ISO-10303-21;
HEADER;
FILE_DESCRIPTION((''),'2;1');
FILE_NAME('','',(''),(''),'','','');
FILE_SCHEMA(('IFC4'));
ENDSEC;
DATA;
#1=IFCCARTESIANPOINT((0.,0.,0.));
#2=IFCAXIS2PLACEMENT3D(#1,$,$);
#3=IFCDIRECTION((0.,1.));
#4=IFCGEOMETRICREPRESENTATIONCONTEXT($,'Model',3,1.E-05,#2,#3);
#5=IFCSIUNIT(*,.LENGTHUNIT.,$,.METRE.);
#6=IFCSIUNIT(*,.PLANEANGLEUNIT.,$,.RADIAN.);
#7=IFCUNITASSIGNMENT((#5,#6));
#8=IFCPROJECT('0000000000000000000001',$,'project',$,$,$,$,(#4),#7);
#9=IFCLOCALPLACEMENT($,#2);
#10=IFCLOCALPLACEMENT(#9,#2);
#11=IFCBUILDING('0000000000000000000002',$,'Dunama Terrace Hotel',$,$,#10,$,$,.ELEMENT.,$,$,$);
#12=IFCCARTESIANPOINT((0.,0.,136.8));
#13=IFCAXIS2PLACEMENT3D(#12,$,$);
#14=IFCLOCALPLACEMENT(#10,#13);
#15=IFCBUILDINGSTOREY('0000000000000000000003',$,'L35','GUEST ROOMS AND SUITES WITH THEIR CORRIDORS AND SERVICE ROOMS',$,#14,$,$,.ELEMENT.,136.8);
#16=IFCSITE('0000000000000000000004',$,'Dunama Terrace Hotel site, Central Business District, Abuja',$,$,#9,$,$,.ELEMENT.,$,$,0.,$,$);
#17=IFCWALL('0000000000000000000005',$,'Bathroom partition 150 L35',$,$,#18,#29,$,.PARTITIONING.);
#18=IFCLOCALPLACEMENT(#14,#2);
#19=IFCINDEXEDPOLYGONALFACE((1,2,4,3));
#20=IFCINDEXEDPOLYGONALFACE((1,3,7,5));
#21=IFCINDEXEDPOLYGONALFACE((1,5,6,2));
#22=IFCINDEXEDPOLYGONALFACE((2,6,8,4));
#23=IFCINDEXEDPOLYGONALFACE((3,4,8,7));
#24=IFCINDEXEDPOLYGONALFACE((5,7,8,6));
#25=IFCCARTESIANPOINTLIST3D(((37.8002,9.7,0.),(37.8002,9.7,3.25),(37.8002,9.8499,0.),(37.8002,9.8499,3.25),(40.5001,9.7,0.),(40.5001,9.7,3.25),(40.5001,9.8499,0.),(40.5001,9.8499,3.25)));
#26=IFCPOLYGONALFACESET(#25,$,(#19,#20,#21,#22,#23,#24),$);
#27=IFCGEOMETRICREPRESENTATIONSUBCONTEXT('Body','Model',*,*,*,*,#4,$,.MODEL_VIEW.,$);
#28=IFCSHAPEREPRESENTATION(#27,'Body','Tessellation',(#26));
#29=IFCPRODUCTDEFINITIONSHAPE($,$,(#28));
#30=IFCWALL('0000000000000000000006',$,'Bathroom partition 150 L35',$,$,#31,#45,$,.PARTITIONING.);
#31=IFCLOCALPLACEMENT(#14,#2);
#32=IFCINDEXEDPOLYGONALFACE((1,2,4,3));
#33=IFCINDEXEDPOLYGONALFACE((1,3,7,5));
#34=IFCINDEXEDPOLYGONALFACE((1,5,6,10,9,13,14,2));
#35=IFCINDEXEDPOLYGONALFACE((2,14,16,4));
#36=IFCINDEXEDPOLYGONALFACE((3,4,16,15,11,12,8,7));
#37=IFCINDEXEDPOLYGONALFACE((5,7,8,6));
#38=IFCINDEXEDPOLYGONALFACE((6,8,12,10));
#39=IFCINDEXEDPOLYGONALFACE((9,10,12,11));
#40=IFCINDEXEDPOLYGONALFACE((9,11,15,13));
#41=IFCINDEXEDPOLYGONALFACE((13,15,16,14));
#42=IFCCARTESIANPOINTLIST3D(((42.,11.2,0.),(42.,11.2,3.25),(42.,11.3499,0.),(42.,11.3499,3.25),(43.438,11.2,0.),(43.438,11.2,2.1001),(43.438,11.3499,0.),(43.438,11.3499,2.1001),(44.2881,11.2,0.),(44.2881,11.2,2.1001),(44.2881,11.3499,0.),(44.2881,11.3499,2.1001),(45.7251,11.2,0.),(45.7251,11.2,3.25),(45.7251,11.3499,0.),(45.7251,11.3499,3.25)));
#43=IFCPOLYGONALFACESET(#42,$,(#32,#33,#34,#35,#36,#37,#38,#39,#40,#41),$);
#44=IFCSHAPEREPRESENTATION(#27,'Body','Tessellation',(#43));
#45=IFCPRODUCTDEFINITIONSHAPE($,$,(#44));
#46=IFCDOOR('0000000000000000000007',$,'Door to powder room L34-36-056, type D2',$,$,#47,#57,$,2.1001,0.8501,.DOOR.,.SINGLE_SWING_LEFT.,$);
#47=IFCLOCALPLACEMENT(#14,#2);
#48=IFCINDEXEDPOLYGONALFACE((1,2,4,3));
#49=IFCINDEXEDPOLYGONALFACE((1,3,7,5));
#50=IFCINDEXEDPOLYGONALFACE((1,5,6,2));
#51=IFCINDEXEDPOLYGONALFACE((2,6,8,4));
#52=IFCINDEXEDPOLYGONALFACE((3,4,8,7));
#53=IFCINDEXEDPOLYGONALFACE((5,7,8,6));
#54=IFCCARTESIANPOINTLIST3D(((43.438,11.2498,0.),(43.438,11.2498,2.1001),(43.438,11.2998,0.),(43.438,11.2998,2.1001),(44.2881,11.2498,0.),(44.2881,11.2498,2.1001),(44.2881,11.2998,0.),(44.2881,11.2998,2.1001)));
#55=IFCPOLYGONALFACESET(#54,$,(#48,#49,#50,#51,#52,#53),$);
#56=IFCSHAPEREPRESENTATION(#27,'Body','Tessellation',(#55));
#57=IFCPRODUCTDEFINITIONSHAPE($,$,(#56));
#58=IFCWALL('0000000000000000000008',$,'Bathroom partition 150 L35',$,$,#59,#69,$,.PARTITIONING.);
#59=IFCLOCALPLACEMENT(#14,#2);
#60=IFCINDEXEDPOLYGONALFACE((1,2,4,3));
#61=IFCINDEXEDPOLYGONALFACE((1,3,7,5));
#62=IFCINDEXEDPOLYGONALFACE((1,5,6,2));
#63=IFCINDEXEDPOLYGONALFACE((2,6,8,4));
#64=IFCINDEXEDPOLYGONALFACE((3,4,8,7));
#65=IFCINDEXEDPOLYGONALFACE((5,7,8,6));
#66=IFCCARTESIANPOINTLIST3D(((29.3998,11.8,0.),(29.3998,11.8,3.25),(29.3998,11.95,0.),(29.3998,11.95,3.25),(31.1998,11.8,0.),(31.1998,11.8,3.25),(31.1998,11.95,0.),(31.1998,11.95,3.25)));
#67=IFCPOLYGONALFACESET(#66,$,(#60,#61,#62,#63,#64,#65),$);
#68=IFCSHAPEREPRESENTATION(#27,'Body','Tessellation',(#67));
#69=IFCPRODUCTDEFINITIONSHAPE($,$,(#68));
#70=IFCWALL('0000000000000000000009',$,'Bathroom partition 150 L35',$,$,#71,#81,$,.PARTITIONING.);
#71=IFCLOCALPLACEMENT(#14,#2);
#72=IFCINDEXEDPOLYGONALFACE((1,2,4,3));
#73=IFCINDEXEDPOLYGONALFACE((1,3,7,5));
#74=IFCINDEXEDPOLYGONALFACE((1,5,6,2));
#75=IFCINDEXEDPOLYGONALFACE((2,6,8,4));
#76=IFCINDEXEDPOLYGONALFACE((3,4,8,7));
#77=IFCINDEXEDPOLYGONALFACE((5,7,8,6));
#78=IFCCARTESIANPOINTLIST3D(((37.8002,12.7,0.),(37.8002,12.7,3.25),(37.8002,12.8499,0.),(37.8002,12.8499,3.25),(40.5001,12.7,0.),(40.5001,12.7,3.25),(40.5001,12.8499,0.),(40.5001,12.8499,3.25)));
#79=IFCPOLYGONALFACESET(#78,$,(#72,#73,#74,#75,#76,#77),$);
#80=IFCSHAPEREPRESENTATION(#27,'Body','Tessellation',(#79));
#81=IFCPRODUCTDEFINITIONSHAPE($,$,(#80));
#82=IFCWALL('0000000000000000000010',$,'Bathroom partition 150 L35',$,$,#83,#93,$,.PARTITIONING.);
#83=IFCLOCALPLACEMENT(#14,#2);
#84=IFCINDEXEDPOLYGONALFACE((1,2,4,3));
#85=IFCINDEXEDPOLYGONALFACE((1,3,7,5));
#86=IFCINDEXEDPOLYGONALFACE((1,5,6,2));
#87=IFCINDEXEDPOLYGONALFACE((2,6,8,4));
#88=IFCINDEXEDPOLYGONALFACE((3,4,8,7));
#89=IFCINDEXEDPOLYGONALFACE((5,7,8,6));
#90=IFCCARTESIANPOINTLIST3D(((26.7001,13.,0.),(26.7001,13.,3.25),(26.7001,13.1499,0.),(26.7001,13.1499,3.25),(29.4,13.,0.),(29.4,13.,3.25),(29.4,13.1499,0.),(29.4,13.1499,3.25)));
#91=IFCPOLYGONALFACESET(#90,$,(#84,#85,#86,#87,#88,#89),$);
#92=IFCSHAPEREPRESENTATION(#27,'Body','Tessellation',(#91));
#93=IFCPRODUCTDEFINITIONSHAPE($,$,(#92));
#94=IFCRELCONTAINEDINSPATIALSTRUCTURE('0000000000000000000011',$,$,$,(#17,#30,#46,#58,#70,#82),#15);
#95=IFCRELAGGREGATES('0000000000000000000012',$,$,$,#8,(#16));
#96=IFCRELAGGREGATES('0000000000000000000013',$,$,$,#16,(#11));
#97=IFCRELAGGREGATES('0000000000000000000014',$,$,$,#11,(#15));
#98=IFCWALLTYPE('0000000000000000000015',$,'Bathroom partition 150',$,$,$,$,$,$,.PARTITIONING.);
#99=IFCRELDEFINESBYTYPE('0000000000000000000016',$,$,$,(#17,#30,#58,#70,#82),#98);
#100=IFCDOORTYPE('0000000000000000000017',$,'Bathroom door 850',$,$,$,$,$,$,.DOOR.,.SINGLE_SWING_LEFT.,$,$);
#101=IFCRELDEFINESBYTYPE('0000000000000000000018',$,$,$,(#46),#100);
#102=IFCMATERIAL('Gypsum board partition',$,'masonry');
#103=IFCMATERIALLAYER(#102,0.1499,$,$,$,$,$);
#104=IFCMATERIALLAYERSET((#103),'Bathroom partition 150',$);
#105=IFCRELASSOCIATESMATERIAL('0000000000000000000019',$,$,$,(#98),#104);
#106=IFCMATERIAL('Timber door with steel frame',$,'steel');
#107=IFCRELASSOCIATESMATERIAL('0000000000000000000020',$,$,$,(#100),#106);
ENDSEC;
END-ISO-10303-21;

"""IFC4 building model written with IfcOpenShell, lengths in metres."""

from ifc_helpers import new_model, si_unit, direction, frame, frame_2d, origin, place, context, subcontext, project, spatial, rectangle, extrude, material, layer, layer_set, type_object, element, fill, save


model = new_model("IFC4")

# Units and contexts
model_context = context("Model", 3, precision=1e-05, world=origin(), true_north=direction((0.0, 1.0)))
body_context = subcontext(model_context, "Body", "Model", "MODEL_VIEW")
ifc_project = project(units=[si_unit("LENGTHUNIT", "METRE"), si_unit("PLANEANGLEUNIT", "RADIAN")], contexts=[model_context])

# Site, building, storey
site_placement = place(None, origin())
site = spatial("IfcSite", under=ifc_project, at=site_placement, Name="Dunama Terrace Hotel site, Central Business District, Abuja", CompositionType="ELEMENT", RefElevation=0.0)
building_placement = place(site_placement, origin())
building = spatial("IfcBuilding", under=site, at=building_placement, Name="Dunama Terrace Hotel", CompositionType="ELEMENT")
storey_placement = place(building_placement, frame((0.0, 0.0, 136.8)))
storey = spatial("IfcBuildingStorey", under=building, at=storey_placement, Name="L35", Description="GUEST ROOMS AND SUITES WITH THEIR CORRIDORS AND SERVICE ROOMS", CompositionType="ELEMENT", Elevation=136.8)

# Shared definitions
ifc_material_1 = material(Name="Gypsum board partition", Category="masonry")
ifc_layer = layer(ifc_material_1, 0.1499)
ifc_layer_set = layer_set([ifc_layer], Name="Bathroom partition 150")
wall_type = type_object("IfcWallType", Name="Bathroom partition 150", PredefinedType="PARTITIONING", material=ifc_layer_set)
ifc_material_2 = material(Name="Timber door with steel frame", Category="steel")
door_type_1 = type_object("IfcDoorType", Name="Bathroom door 850", OperationType="SINGLE_SWING_LEFT", PredefinedType="DOOR", material=ifc_material_2)

# Wall
for number, where, z_axis, x_axis, name in (
    (1, (37.8, 9.7749, 0.0), (0.0, 0.0, 1.0), (1.0, 0.0, 0.0), "Bathroom partition 150 L35"),
):
    element("IfcWall", number, at=place(storey_placement, frame(where, z_axis=z_axis, x_axis=x_axis)), inside=storey, type_object=wall_type, Name=name, PredefinedType="PARTITIONING", context=body_context, shape_type="SweptSolid", body=[
        extrude(rectangle(XDim=2.7, YDim=0.1499, at=frame_2d((1.3501, 0.0))), origin(), (0.0, 0.0, 1.0), 3.25),
    ])

# Wall, opening, door
wall_1_placement = place(storey_placement, frame((42.0, 11.2749, 0.0), z_axis=(0.0, 0.0, 1.0), x_axis=(1.0, 0.0, 0.0)))
wall_1 = element("IfcWall", 2, at=wall_1_placement, inside=storey, type_object=wall_type, Name="Bathroom partition 150 L35", PredefinedType="PARTITIONING", context=body_context, shape_type="SweptSolid", body=[
    extrude(rectangle(XDim=3.7251, YDim=0.1499, at=frame_2d((1.8625, 0.0))), origin(), (0.0, 0.0, 1.0), 3.25),
])
opening_1_placement = place(wall_1_placement, frame((1.438, 0.0, 0.0)))
opening_1 = element("IfcOpeningElement", 3, at=opening_1_placement, cuts=wall_1, PredefinedType="OPENING", context=body_context, shape_type="SweptSolid", body=[
    extrude(rectangle(XDim=0.8501, YDim=2.1001, at=frame_2d((0.425, 1.05))), frame((0.0, 0.085, 0.0), z_axis=(0.0, -1.0, 0.0), x_axis=(1.0, 0.0, 0.0)), (0.0, 0.0, 1.0), 0.1699),
])
door_1_placement = place(opening_1_placement, origin())
door_1 = element("IfcDoor", 4, at=door_1_placement, inside=storey, type_object=door_type_1, Name="Door to powder room L34-36-056, type D2", OperationType="SINGLE_SWING_LEFT", OverallHeight=2.1001, OverallWidth=0.8501, PredefinedType="DOOR", context=body_context, shape_type="SweptSolid", body=[
    extrude(rectangle(XDim=0.8501, YDim=2.1001, at=frame_2d((0.425, 1.05))), frame((0.0, 0.0249, 0.0), z_axis=(0.0, -1.0, 0.0), x_axis=(1.0, 0.0, 0.0)), (0.0, 0.0, 1.0), 0.05),
])
fill(opening_1, door_1)

# Walls
wall_2_placement = place(storey_placement, frame((29.3999, 11.875, 0.0), z_axis=(0.0, 0.0, 1.0), x_axis=(1.0, 0.0, 0.0)))
element("IfcWall", 5, at=wall_2_placement, inside=storey, type_object=wall_type, Name="Bathroom partition 150 L35", PredefinedType="PARTITIONING", context=body_context, shape_type="SweptSolid", body=[
    extrude(rectangle(XDim=1.8, YDim=0.1499, at=frame_2d((0.8999, 0.0))), origin(), (0.0, 0.0, 1.0), 3.25),
])
for number, where, z_axis, x_axis, name in (
    (6, (37.8, 12.7749, 0.0), (0.0, 0.0, 1.0), (1.0, 0.0, 0.0), "Bathroom partition 150 L35"),
    (7, (26.7, 13.075, 0.0), (0.0, 0.0, 1.0), (1.0, 0.0, 0.0), "Bathroom partition 150 L35"),
):
    element("IfcWall", number, at=place(storey_placement, frame(where, z_axis=z_axis, x_axis=x_axis)), inside=storey, type_object=wall_type, Name=name, PredefinedType="PARTITIONING", context=body_context, shape_type="SweptSolid", body=[
        extrude(rectangle(XDim=2.7, YDim=0.1499, at=frame_2d((1.3501, 0.0))), origin(), (0.0, 0.0, 1.0), 3.25),
    ])

save(model, "model.ifc")
